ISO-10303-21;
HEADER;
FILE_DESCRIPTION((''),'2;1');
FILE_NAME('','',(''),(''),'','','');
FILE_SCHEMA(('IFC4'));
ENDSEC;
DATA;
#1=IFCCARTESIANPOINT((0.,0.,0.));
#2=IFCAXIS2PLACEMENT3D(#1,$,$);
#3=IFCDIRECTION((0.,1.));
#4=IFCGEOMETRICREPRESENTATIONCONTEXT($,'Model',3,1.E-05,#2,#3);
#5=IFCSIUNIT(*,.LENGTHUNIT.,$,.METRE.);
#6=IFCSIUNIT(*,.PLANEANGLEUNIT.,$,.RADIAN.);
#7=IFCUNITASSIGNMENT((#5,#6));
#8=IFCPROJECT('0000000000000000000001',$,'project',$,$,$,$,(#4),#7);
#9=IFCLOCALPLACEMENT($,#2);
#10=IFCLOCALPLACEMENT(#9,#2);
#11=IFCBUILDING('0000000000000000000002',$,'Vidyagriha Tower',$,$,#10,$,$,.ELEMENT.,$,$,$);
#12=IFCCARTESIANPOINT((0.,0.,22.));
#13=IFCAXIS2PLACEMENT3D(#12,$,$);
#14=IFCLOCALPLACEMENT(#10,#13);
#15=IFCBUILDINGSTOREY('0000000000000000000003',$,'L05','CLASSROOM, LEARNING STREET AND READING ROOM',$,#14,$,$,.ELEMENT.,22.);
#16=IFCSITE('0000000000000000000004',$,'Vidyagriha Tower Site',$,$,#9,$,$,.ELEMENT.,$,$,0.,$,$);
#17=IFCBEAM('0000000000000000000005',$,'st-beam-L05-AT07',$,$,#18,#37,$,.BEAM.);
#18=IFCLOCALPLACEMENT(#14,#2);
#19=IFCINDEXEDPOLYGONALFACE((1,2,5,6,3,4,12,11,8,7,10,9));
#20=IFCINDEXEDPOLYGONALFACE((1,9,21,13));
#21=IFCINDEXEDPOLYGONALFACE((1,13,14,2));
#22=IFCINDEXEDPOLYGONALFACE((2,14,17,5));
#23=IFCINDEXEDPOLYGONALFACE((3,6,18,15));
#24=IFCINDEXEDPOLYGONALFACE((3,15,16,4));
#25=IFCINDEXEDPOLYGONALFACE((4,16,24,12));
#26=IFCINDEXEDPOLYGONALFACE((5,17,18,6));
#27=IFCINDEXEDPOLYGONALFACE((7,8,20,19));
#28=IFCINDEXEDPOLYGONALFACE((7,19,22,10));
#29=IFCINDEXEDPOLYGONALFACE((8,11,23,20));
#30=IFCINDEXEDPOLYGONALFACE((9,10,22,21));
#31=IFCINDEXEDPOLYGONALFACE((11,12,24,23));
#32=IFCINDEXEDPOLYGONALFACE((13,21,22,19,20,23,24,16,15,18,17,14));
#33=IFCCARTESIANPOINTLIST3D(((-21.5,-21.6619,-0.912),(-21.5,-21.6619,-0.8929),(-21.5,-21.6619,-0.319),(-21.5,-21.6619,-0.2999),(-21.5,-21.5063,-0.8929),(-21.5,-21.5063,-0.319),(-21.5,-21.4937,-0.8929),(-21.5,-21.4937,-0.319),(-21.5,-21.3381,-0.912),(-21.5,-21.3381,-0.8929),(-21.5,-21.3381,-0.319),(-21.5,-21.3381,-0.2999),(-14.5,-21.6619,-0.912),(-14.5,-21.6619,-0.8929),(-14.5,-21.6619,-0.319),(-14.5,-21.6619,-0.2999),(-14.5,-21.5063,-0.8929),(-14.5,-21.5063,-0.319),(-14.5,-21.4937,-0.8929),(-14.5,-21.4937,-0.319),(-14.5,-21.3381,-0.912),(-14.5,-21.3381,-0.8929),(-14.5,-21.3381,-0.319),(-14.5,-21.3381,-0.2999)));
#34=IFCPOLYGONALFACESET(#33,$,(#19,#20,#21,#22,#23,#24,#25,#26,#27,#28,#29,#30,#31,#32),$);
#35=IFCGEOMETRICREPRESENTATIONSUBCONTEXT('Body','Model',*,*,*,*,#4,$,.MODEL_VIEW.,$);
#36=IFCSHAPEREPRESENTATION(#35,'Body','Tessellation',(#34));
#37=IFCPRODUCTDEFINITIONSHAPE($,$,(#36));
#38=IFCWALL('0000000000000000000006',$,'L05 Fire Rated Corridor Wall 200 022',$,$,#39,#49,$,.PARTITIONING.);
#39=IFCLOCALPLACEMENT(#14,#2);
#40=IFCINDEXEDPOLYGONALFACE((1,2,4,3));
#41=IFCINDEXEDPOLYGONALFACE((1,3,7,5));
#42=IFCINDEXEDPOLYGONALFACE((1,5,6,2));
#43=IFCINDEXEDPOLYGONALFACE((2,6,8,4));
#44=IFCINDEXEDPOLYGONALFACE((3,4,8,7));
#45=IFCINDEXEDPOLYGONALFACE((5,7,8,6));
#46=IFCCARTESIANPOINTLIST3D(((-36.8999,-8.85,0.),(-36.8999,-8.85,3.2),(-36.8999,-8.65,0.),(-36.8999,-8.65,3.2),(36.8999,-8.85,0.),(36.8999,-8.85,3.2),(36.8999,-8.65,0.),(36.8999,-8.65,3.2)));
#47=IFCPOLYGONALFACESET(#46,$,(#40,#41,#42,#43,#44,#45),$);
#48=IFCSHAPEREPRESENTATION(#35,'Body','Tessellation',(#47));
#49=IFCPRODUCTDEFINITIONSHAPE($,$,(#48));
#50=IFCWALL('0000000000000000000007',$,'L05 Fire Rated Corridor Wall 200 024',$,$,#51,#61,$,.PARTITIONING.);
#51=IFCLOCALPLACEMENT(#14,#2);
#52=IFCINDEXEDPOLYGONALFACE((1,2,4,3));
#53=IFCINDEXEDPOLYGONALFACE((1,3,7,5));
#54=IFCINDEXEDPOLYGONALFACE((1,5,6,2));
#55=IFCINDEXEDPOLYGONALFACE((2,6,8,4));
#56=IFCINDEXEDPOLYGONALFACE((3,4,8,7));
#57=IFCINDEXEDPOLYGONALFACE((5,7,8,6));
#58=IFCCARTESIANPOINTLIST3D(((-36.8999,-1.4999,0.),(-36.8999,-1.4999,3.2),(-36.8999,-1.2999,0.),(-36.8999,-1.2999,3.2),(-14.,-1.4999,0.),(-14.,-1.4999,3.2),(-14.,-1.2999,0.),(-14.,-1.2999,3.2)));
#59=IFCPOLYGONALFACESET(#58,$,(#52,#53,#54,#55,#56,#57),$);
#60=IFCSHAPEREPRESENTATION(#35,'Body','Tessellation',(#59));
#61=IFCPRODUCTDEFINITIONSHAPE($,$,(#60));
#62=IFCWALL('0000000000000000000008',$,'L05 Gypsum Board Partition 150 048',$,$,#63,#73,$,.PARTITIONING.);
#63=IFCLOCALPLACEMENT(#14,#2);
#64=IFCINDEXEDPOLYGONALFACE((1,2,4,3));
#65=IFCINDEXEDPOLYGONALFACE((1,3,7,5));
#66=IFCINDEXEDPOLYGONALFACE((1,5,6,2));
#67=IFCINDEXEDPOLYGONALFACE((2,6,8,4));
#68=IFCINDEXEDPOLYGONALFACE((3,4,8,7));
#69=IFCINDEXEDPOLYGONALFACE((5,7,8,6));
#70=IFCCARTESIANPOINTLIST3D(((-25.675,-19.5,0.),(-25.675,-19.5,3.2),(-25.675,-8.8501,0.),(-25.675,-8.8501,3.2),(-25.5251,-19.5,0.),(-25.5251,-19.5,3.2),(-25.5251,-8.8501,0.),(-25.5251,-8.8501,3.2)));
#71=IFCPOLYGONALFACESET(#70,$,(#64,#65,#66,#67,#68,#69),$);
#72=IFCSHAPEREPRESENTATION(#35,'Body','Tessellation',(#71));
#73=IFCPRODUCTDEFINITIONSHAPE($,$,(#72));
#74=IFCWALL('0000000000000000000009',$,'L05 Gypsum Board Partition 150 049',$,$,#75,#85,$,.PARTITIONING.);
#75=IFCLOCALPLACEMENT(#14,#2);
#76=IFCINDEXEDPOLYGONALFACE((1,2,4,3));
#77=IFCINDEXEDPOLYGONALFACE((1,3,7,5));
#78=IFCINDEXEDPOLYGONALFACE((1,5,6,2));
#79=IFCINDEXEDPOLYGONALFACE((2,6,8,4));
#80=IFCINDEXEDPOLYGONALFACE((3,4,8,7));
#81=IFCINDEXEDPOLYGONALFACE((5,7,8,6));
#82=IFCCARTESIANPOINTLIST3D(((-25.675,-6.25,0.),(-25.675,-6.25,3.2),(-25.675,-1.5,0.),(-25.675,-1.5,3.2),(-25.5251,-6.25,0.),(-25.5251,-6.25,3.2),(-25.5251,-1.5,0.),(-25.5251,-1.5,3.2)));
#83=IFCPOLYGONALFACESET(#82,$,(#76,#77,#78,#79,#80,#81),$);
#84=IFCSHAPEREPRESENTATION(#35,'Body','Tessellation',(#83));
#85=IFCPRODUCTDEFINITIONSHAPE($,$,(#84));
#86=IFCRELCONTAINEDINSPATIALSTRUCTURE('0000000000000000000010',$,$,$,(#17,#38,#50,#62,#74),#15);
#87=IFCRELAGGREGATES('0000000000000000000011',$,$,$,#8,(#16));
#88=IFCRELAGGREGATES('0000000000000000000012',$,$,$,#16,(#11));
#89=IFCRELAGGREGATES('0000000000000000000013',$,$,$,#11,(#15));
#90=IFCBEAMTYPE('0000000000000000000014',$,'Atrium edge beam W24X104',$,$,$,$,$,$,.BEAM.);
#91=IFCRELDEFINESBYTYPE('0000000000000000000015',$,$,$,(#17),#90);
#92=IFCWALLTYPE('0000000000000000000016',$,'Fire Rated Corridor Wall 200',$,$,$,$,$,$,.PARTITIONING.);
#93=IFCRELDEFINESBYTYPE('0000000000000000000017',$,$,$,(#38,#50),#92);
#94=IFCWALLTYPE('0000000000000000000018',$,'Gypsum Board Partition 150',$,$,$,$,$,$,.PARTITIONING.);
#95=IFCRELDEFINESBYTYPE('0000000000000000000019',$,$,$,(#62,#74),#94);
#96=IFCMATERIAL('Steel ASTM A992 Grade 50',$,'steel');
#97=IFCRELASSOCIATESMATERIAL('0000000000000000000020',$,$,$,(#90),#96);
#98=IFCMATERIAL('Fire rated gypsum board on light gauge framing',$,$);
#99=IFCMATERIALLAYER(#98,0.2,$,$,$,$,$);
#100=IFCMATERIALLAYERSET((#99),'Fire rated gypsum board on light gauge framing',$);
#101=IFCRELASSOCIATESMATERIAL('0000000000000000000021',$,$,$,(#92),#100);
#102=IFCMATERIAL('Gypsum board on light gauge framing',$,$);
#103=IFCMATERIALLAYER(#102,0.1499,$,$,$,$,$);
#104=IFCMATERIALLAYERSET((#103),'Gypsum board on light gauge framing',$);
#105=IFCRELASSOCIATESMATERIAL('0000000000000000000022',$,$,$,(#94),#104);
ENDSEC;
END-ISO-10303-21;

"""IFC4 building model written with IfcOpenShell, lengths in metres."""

from ifc_helpers import new_model, si_unit, direction, frame, frame_2d, origin, origin_2d, place, context, subcontext, project, spatial, rectangle, i_section, extrude, material, layer, layer_set, material_profile, profile_set, type_object, element, save


model = new_model("IFC4")

# Units and contexts
model_context = context("Model", 3, precision=1e-05, world=origin(), true_north=direction((0.0, 1.0)))
body_context = subcontext(model_context, "Body", "Model", "MODEL_VIEW")
ifc_project = project(units=[si_unit("LENGTHUNIT", "METRE"), si_unit("PLANEANGLEUNIT", "RADIAN")], contexts=[model_context])

# Site, building, storey
site_placement = place(None, origin())
site = spatial("IfcSite", under=ifc_project, at=site_placement, Name="Vidyagriha Tower Site", CompositionType="ELEMENT", RefElevation=0.0)
building_placement = place(site_placement, origin())
building = spatial("IfcBuilding", under=site, at=building_placement, Name="Vidyagriha Tower", CompositionType="ELEMENT")
storey_placement = place(building_placement, frame((0.0, 0.0, 22.0)))
storey = spatial("IfcBuildingStorey", under=building, at=storey_placement, Name="L05", Description="CLASSROOM, LEARNING STREET AND READING ROOM", CompositionType="ELEMENT", Elevation=22.0)

# Beam
ifc_material_1 = material(Name="Steel ASTM A992 Grade 50", Category="steel")
ifc_material_profile_1 = material_profile(ifc_material_1, i_section(OverallWidth=0.3237, OverallDepth=0.6121, WebThickness=0.0127, FlangeThickness=0.019, at=origin_2d()), Name="W24X104")
ifc_profile_set_1 = profile_set([ifc_material_profile_1], Name="Steel ASTM A992 Grade 50")
beam_type = type_object("IfcBeamType", Name="Atrium edge beam W24X104", PredefinedType="BEAM", material=ifc_profile_set_1)
beam_placement = place(storey_placement, frame((-21.5, -21.5, -0.606), z_axis=(1.0, 0.0, 0.0), x_axis=(0.0, 1.0, 0.0)))
element("IfcBeam", 1, at=beam_placement, inside=storey, type_object=beam_type, Name="st-beam-L05-AT07", PredefinedType="BEAM", context=body_context, shape_type="SweptSolid", body=[
    extrude(i_section(OverallWidth=0.3237, OverallDepth=0.6121, WebThickness=0.0127, FlangeThickness=0.019, at=origin_2d()), origin(), (0.0, 0.0, 1.0), 7.0),
])

# Walls
ifc_material_2 = material(Name="Fire rated gypsum board on light gauge framing")
ifc_layer_1 = layer(ifc_material_2, 0.2)
ifc_layer_set_1 = layer_set([ifc_layer_1], Name="Fire rated gypsum board on light gauge framing")
wall_type_1 = type_object("IfcWallType", Name="Fire Rated Corridor Wall 200", PredefinedType="PARTITIONING", material=ifc_layer_set_1)
wall_1_placement = place(storey_placement, frame((-36.8999, -8.75, 0.0)))
element("IfcWall", 2, at=wall_1_placement, inside=storey, type_object=wall_type_1, Name="L05 Fire Rated Corridor Wall 200 022", PredefinedType="PARTITIONING", context=body_context, shape_type="SweptSolid", body=[
    extrude(rectangle(XDim=73.7998, YDim=0.2, at=frame_2d((36.8999, 0.0))), origin(), (0.0, 0.0, 1.0), 3.2),
])
wall_2_placement = place(storey_placement, frame((-36.8999, -1.3999, 0.0)))
element("IfcWall", 3, at=wall_2_placement, inside=storey, type_object=wall_type_1, Name="L05 Fire Rated Corridor Wall 200 024", PredefinedType="PARTITIONING", context=body_context, shape_type="SweptSolid", body=[
    extrude(rectangle(XDim=22.8999, YDim=0.2, at=frame_2d((11.45, 0.0))), origin(), (0.0, 0.0, 1.0), 3.2),
])
ifc_material_3 = material(Name="Gypsum board on light gauge framing")
ifc_layer_2 = layer(ifc_material_3, 0.1499)
ifc_layer_set_2 = layer_set([ifc_layer_2], Name="Gypsum board on light gauge framing")
wall_type_2 = type_object("IfcWallType", Name="Gypsum Board Partition 150", PredefinedType="PARTITIONING", material=ifc_layer_set_2)
wall_3_placement = place(storey_placement, frame((-25.6001, -19.5, 0.0), z_axis=(0.0, 0.0, 1.0), x_axis=(0.0, 1.0, 0.0)))
element("IfcWall", 4, at=wall_3_placement, inside=storey, type_object=wall_type_2, Name="L05 Gypsum Board Partition 150 048", PredefinedType="PARTITIONING", context=body_context, shape_type="SweptSolid", body=[
    extrude(rectangle(XDim=10.6499, YDim=0.1499, at=frame_2d((5.325, 0.0))), origin(), (0.0, 0.0, 1.0), 3.2),
])
wall_4_placement = place(storey_placement, frame((-25.6001, -6.25, 0.0), z_axis=(0.0, 0.0, 1.0), x_axis=(0.0, 1.0, 0.0)))
element("IfcWall", 5, at=wall_4_placement, inside=storey, type_object=wall_type_2, Name="L05 Gypsum Board Partition 150 049", PredefinedType="PARTITIONING", context=body_context, shape_type="SweptSolid", body=[
    extrude(rectangle(XDim=4.75, YDim=0.1499, at=frame_2d((2.375, 0.0))), origin(), (0.0, 0.0, 1.0), 3.2),
])

save(model, "model.ifc")
